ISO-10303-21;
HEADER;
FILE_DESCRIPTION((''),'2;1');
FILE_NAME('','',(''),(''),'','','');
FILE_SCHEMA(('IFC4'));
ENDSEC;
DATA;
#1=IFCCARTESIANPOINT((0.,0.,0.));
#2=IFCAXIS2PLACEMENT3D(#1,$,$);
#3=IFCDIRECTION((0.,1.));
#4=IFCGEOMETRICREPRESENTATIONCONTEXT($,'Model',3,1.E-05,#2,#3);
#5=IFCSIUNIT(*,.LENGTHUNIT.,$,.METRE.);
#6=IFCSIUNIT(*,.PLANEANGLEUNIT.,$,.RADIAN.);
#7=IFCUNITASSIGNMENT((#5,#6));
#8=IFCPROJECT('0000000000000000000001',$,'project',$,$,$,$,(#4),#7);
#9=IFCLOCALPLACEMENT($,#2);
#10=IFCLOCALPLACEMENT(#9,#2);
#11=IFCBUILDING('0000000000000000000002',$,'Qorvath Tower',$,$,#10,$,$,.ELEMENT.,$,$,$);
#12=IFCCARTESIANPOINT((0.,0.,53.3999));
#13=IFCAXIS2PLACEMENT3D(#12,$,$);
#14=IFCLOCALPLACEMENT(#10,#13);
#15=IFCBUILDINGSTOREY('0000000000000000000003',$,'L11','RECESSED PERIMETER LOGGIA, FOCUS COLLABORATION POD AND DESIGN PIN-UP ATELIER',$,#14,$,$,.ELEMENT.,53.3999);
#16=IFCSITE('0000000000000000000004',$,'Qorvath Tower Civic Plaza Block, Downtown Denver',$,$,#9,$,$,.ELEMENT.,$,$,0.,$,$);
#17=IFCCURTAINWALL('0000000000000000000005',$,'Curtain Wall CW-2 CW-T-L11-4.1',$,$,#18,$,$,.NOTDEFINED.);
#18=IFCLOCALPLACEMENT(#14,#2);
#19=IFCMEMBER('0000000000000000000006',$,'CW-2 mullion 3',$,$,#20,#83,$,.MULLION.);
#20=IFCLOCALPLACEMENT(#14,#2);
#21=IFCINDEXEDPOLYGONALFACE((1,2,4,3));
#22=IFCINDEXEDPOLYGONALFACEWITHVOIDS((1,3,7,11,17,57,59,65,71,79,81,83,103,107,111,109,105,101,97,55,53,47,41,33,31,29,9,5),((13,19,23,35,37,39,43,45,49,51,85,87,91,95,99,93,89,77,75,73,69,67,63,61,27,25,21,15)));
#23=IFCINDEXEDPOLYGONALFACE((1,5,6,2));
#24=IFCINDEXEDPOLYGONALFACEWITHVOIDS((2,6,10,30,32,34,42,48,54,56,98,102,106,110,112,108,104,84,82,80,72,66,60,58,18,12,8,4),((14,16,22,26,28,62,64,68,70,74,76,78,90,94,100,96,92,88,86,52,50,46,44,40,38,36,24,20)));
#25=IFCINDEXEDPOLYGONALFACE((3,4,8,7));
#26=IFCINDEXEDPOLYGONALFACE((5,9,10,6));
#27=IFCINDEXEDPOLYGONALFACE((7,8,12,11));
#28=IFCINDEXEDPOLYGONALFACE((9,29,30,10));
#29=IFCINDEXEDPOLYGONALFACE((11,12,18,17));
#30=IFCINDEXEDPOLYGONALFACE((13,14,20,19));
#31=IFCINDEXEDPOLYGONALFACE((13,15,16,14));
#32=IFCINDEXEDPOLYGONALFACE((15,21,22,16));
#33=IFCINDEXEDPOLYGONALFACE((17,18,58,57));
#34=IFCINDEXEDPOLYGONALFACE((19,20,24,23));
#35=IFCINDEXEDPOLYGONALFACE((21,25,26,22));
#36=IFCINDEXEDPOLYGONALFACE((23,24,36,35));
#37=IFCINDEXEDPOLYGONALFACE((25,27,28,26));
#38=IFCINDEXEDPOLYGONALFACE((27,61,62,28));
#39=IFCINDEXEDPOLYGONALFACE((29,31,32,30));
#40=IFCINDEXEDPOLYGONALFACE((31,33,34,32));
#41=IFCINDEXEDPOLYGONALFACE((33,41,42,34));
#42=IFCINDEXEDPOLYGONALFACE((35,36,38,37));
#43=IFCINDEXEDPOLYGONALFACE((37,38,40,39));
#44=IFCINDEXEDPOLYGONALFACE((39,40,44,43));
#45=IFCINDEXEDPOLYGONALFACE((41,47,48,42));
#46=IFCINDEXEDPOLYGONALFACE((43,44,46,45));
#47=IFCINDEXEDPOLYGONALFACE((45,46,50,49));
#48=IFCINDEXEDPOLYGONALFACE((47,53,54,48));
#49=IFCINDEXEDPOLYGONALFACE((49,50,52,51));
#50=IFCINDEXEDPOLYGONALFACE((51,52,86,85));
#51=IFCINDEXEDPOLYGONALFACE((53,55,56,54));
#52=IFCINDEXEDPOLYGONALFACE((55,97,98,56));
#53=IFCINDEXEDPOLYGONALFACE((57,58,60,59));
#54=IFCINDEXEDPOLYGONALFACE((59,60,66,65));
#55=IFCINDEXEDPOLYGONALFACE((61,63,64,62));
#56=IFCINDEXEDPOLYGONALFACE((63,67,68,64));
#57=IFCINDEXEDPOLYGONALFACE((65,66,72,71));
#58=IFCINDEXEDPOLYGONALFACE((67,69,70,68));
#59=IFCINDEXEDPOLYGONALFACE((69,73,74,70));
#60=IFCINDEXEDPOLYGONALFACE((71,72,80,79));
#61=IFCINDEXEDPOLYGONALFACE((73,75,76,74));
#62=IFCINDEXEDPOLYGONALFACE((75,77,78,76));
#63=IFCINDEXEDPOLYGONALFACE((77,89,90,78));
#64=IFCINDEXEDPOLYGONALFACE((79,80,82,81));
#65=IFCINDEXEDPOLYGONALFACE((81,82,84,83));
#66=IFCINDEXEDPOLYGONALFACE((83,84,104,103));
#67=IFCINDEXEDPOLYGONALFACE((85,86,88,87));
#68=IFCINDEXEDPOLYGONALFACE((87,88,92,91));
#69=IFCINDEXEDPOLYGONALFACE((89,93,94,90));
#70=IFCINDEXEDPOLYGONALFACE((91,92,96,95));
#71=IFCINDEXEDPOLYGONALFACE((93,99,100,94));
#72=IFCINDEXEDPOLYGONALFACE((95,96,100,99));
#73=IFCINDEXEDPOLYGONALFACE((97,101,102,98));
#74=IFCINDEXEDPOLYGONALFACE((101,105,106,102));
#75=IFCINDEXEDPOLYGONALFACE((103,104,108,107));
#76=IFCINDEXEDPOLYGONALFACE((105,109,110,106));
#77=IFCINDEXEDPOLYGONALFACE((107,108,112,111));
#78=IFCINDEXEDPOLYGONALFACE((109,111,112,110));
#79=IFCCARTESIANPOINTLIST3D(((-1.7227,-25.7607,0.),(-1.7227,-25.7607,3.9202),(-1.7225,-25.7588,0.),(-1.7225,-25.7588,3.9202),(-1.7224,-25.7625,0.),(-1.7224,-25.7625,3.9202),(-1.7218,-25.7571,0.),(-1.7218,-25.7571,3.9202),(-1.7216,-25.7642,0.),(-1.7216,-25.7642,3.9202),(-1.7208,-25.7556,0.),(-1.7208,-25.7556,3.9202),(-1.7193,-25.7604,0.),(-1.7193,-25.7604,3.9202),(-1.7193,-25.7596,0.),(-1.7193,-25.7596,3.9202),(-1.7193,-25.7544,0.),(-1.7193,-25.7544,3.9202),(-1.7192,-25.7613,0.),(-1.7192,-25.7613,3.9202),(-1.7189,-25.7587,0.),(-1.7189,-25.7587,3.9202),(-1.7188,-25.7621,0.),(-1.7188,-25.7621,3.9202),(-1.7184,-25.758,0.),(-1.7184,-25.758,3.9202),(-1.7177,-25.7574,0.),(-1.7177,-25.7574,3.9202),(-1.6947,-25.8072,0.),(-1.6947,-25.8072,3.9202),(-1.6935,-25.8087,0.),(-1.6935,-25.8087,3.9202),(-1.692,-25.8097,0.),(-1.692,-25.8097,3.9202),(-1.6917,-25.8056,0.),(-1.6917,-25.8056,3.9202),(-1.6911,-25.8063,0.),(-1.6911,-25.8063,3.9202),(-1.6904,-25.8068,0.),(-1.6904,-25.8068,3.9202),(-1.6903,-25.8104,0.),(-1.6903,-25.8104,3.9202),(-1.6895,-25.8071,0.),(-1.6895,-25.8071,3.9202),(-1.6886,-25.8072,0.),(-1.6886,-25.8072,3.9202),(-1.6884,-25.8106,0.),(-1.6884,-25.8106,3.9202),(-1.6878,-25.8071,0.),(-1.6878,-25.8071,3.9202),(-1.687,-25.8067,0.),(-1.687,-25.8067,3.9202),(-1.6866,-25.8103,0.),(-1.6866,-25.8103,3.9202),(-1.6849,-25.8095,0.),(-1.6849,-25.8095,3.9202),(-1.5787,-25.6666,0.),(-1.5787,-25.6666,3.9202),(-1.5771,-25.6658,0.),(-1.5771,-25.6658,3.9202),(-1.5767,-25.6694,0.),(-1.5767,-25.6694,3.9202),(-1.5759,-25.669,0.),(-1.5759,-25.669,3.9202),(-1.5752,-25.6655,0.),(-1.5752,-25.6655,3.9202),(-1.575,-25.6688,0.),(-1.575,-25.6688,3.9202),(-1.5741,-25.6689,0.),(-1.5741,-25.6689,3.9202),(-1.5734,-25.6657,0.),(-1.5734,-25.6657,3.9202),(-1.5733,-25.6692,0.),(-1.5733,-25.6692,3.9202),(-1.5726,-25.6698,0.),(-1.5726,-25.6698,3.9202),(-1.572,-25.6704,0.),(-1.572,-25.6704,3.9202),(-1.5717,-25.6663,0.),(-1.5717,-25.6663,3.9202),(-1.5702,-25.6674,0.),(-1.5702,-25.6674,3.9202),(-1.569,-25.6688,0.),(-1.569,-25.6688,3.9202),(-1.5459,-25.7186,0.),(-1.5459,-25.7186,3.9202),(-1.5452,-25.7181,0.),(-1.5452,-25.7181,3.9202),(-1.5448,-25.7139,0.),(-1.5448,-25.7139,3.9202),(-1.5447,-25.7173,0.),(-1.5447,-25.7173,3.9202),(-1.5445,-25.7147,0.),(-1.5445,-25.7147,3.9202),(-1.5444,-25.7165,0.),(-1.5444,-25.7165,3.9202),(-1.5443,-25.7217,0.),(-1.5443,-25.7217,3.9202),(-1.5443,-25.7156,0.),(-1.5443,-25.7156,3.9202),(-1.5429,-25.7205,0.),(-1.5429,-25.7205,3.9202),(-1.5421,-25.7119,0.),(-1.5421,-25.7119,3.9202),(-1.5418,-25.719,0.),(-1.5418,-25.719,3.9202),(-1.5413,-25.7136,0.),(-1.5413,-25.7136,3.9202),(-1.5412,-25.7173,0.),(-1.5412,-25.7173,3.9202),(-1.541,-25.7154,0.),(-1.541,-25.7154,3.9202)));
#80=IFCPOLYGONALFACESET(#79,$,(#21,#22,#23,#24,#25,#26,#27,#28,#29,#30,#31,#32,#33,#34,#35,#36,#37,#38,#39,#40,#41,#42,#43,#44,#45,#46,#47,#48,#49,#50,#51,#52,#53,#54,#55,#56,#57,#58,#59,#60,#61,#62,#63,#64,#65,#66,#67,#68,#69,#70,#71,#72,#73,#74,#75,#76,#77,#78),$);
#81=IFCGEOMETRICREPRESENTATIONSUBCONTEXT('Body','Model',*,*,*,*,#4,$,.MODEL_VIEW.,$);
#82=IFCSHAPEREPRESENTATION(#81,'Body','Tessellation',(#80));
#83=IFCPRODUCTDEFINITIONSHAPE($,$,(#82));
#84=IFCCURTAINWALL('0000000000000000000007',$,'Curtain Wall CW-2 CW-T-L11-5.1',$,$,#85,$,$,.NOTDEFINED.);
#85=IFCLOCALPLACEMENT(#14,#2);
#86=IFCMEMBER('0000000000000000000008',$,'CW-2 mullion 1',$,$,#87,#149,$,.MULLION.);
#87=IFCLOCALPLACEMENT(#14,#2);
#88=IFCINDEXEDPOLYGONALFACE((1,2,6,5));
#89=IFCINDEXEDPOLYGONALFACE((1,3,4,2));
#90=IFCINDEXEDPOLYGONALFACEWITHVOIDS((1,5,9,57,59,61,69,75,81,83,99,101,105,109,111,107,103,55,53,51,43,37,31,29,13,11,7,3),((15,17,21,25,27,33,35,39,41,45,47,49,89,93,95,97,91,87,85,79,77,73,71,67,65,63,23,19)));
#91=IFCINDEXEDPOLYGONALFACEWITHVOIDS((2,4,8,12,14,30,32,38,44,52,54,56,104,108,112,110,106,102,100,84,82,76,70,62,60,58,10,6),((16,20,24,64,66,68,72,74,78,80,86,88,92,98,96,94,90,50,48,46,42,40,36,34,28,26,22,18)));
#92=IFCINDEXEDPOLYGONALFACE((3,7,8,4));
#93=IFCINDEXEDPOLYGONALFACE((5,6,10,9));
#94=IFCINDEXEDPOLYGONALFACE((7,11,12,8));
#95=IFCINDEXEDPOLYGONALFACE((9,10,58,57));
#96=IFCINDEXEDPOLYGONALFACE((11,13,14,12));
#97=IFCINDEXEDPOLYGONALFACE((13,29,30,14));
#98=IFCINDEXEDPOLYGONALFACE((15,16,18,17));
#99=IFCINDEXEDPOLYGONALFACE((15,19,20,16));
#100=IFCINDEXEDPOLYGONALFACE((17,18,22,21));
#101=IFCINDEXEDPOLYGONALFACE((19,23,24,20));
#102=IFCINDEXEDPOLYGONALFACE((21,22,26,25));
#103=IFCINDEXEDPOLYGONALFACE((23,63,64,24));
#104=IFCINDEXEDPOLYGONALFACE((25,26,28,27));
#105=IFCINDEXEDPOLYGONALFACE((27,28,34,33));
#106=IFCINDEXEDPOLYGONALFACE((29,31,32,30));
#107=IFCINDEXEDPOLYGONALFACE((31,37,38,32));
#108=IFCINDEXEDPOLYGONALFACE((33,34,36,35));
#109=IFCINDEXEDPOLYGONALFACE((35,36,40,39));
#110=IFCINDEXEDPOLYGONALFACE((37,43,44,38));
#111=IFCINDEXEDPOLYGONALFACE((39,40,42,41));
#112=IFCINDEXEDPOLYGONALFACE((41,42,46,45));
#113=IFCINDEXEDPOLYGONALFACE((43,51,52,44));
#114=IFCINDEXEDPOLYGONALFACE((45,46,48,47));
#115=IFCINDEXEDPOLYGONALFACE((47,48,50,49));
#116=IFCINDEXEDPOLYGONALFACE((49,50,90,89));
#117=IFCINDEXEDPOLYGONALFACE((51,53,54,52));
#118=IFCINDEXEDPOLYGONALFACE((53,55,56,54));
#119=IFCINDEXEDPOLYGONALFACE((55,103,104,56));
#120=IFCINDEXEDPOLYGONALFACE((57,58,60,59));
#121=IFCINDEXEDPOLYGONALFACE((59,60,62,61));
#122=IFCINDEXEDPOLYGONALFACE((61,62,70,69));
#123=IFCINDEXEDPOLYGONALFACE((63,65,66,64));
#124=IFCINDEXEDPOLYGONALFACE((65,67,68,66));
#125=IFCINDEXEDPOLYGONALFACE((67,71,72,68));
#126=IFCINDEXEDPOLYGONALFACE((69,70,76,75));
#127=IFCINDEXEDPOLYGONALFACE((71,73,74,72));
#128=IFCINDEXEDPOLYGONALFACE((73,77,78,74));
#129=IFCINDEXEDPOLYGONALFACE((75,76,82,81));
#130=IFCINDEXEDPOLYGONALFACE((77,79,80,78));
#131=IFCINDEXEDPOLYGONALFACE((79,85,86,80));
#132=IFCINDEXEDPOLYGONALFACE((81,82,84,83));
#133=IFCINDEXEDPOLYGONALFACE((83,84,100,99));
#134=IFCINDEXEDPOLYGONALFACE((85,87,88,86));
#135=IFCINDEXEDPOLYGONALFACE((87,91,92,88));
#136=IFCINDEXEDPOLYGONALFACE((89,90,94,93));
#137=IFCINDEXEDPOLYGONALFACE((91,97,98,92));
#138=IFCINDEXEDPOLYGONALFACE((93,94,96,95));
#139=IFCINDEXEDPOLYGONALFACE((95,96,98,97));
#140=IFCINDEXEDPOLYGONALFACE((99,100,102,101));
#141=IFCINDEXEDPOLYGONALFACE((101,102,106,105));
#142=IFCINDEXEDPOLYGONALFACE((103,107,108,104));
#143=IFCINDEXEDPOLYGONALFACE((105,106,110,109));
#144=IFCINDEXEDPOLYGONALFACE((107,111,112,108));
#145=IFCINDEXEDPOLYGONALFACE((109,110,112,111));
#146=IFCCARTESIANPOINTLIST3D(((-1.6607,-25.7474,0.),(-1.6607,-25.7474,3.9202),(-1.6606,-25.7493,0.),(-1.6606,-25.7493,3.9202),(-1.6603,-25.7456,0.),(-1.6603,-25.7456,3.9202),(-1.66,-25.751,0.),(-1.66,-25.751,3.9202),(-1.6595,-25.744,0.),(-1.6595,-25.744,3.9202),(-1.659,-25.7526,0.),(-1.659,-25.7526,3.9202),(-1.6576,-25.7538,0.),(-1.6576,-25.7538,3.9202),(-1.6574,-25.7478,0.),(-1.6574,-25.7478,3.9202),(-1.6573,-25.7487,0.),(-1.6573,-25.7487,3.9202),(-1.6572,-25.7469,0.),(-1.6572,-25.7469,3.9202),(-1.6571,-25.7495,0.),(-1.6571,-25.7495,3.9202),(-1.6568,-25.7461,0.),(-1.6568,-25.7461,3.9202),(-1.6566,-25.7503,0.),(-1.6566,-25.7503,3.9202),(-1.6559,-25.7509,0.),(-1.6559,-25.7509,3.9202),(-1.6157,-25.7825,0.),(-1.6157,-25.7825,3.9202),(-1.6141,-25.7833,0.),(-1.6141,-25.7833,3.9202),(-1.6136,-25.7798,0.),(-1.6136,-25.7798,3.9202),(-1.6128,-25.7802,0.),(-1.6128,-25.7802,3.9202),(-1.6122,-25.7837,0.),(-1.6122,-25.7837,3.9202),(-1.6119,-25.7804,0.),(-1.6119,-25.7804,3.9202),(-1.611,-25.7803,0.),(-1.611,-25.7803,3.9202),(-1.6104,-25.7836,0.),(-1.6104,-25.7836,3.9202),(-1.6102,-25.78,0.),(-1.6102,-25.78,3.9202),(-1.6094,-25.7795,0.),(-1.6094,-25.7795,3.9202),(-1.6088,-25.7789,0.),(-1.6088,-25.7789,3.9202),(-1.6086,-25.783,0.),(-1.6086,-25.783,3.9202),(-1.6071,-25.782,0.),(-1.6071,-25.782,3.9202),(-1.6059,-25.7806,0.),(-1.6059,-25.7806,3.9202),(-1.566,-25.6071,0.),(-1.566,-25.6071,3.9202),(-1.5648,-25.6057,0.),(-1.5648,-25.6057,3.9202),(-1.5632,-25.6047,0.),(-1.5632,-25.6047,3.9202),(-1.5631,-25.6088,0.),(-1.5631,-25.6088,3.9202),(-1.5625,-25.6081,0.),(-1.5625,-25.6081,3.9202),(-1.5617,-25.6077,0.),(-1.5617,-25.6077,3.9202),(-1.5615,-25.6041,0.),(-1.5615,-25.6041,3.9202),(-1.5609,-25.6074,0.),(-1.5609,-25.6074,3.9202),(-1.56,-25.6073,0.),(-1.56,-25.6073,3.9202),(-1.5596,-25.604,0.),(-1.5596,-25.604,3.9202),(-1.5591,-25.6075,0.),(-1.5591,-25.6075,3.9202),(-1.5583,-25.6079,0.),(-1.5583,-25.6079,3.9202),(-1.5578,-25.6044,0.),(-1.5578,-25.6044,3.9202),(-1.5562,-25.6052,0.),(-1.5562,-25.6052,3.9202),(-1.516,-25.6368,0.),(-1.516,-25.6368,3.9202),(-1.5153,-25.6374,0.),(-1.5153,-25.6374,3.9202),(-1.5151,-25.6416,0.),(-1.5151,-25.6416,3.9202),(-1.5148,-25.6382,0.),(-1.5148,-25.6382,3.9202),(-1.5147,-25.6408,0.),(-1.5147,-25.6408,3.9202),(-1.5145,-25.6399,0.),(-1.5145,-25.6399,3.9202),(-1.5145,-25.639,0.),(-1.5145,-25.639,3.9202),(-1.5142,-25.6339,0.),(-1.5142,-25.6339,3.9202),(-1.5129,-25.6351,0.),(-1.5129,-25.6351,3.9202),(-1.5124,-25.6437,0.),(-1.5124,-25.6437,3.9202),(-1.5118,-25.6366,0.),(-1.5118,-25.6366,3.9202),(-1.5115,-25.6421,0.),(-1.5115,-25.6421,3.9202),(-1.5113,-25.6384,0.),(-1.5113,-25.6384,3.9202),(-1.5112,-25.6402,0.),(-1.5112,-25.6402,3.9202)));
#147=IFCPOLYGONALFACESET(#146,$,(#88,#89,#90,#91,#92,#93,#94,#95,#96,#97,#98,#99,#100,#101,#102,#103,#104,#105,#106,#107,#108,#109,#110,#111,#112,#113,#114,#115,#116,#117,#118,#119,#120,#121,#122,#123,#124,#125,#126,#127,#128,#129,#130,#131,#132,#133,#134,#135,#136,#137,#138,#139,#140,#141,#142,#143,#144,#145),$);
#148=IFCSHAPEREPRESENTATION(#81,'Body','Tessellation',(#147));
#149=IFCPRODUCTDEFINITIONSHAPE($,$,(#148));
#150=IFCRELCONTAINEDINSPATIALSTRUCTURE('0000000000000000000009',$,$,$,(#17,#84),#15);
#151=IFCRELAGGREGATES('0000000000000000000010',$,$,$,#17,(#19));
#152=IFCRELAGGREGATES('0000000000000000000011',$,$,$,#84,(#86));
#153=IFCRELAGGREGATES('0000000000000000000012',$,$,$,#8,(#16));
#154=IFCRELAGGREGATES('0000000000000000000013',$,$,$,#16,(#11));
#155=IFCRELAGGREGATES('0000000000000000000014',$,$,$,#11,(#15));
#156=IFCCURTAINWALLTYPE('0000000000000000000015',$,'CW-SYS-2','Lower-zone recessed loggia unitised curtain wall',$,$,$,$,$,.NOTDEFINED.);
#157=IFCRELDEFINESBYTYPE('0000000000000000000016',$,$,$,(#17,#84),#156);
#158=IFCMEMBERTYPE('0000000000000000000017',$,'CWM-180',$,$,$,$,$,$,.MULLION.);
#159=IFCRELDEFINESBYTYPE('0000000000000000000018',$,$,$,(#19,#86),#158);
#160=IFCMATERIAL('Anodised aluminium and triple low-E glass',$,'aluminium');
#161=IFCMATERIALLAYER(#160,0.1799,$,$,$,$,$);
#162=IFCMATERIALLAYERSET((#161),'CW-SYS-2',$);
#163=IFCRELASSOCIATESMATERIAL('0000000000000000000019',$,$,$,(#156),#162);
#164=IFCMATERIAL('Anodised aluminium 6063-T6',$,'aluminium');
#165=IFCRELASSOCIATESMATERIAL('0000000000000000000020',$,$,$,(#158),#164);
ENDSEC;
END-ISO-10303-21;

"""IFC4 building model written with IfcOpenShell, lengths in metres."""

from ifc_helpers import new_model, si_unit, direction, frame, origin, origin_2d, place, context, subcontext, project, spatial, hollow_rectangle, extrude, material, layer, layer_set, material_profile, profile_set, type_object, element, aggregate, save


model = new_model("IFC4")

# Units and contexts
model_context = context("Model", 3, precision=1e-05, world=origin(), true_north=direction((0.0, 1.0)))
body_context = subcontext(model_context, "Body", "Model", "MODEL_VIEW")
ifc_project = project(units=[si_unit("LENGTHUNIT", "METRE"), si_unit("PLANEANGLEUNIT", "RADIAN")], contexts=[model_context])

# Site, building, storey
site_placement = place(None, origin())
site = spatial("IfcSite", under=ifc_project, at=site_placement, Name="Qorvath Tower Civic Plaza Block, Downtown Denver", CompositionType="ELEMENT", RefElevation=0.0)
building_placement = place(site_placement, origin())
building = spatial("IfcBuilding", under=site, at=building_placement, Name="Qorvath Tower", CompositionType="ELEMENT")
storey_placement = place(building_placement, frame((0.0, 0.0, 53.3999)))
storey = spatial("IfcBuildingStorey", under=building, at=storey_placement, Name="L11", Description="RECESSED PERIMETER LOGGIA, FOCUS COLLABORATION POD AND DESIGN PIN-UP ATELIER", CompositionType="ELEMENT", Elevation=53.3999)

# Curtain walls, members
ifc_material_1 = material(Name="Anodised aluminium and triple low-E glass", Category="aluminium")
ifc_layer_1 = layer(ifc_material_1, 0.1799)
ifc_layer_set_1 = layer_set([ifc_layer_1], Name="CW-SYS-2")
curtain_wall_type = type_object("IfcCurtainWallType", Name="CW-SYS-2", Description="Lower-zone recessed loggia unitised curtain wall", PredefinedType="NOTDEFINED", material=ifc_layer_set_1)
ifc_material_2 = material(Name="Anodised aluminium 6063-T6", Category="aluminium")
ifc_material_profile_1 = material_profile(ifc_material_2, hollow_rectangle(XDim=0.0649, YDim=0.1799, WallThickness=0.0034, InnerFilletRadius=0.0034, OuterFilletRadius=0.0071, at=origin_2d()), Name="CWM 180x65")
ifc_profile_set_1 = profile_set([ifc_material_profile_1], Name="Anodised aluminium 6063-T6")
member_type_1 = type_object("IfcMemberType", Name="CWM-180", PredefinedType="MULLION", material=ifc_profile_set_1)
curtain_wall_1_placement = place(storey_placement, origin())
curtain_wall_1 = element("IfcCurtainWall", 1, at=curtain_wall_1_placement, inside=storey, type_object=curtain_wall_type, Name="Curtain Wall CW-2 CW-T-L11-4.1", PredefinedType="NOTDEFINED")
member_1_placement = place(storey_placement, frame((-1.6318, -25.738, 0.0), z_axis=(0.0, 0.0, 1.0), x_axis=(-0.529724, 0.84817, 0.0)))
member_1 = element("IfcMember", 2, at=member_1_placement, type_object=member_type_1, Name="CW-2 mullion 3", PredefinedType="MULLION", context=body_context, shape_type="SweptSolid", body=[
    extrude(hollow_rectangle(XDim=0.0649, YDim=0.1799, WallThickness=0.0034, InnerFilletRadius=0.0034, OuterFilletRadius=0.0071, at=origin_2d()), origin(), (0.0, 0.0, 1.0), 3.9202),
])
curtain_wall_2_placement = place(storey_placement, origin())
curtain_wall_2 = element("IfcCurtainWall", 3, at=curtain_wall_2_placement, inside=storey, type_object=curtain_wall_type, Name="Curtain Wall CW-2 CW-T-L11-5.1", PredefinedType="NOTDEFINED")
member_2_placement = place(storey_placement, frame((-1.5859, -25.6938, 0.0), z_axis=(0.0, 0.0, 1.0), x_axis=(-0.825849, 0.563891, 0.0)))
member_2 = element("IfcMember", 4, at=member_2_placement, type_object=member_type_1, Name="CW-2 mullion 1", PredefinedType="MULLION", context=body_context, shape_type="SweptSolid", body=[
    extrude(hollow_rectangle(XDim=0.0649, YDim=0.1799, WallThickness=0.0034, InnerFilletRadius=0.0034, OuterFilletRadius=0.0071, at=origin_2d()), origin(), (0.0, 0.0, 1.0), 3.9202),
])

aggregate(curtain_wall_1, [member_1])
aggregate(curtain_wall_2, [member_2])

save(model, "model.ifc")
